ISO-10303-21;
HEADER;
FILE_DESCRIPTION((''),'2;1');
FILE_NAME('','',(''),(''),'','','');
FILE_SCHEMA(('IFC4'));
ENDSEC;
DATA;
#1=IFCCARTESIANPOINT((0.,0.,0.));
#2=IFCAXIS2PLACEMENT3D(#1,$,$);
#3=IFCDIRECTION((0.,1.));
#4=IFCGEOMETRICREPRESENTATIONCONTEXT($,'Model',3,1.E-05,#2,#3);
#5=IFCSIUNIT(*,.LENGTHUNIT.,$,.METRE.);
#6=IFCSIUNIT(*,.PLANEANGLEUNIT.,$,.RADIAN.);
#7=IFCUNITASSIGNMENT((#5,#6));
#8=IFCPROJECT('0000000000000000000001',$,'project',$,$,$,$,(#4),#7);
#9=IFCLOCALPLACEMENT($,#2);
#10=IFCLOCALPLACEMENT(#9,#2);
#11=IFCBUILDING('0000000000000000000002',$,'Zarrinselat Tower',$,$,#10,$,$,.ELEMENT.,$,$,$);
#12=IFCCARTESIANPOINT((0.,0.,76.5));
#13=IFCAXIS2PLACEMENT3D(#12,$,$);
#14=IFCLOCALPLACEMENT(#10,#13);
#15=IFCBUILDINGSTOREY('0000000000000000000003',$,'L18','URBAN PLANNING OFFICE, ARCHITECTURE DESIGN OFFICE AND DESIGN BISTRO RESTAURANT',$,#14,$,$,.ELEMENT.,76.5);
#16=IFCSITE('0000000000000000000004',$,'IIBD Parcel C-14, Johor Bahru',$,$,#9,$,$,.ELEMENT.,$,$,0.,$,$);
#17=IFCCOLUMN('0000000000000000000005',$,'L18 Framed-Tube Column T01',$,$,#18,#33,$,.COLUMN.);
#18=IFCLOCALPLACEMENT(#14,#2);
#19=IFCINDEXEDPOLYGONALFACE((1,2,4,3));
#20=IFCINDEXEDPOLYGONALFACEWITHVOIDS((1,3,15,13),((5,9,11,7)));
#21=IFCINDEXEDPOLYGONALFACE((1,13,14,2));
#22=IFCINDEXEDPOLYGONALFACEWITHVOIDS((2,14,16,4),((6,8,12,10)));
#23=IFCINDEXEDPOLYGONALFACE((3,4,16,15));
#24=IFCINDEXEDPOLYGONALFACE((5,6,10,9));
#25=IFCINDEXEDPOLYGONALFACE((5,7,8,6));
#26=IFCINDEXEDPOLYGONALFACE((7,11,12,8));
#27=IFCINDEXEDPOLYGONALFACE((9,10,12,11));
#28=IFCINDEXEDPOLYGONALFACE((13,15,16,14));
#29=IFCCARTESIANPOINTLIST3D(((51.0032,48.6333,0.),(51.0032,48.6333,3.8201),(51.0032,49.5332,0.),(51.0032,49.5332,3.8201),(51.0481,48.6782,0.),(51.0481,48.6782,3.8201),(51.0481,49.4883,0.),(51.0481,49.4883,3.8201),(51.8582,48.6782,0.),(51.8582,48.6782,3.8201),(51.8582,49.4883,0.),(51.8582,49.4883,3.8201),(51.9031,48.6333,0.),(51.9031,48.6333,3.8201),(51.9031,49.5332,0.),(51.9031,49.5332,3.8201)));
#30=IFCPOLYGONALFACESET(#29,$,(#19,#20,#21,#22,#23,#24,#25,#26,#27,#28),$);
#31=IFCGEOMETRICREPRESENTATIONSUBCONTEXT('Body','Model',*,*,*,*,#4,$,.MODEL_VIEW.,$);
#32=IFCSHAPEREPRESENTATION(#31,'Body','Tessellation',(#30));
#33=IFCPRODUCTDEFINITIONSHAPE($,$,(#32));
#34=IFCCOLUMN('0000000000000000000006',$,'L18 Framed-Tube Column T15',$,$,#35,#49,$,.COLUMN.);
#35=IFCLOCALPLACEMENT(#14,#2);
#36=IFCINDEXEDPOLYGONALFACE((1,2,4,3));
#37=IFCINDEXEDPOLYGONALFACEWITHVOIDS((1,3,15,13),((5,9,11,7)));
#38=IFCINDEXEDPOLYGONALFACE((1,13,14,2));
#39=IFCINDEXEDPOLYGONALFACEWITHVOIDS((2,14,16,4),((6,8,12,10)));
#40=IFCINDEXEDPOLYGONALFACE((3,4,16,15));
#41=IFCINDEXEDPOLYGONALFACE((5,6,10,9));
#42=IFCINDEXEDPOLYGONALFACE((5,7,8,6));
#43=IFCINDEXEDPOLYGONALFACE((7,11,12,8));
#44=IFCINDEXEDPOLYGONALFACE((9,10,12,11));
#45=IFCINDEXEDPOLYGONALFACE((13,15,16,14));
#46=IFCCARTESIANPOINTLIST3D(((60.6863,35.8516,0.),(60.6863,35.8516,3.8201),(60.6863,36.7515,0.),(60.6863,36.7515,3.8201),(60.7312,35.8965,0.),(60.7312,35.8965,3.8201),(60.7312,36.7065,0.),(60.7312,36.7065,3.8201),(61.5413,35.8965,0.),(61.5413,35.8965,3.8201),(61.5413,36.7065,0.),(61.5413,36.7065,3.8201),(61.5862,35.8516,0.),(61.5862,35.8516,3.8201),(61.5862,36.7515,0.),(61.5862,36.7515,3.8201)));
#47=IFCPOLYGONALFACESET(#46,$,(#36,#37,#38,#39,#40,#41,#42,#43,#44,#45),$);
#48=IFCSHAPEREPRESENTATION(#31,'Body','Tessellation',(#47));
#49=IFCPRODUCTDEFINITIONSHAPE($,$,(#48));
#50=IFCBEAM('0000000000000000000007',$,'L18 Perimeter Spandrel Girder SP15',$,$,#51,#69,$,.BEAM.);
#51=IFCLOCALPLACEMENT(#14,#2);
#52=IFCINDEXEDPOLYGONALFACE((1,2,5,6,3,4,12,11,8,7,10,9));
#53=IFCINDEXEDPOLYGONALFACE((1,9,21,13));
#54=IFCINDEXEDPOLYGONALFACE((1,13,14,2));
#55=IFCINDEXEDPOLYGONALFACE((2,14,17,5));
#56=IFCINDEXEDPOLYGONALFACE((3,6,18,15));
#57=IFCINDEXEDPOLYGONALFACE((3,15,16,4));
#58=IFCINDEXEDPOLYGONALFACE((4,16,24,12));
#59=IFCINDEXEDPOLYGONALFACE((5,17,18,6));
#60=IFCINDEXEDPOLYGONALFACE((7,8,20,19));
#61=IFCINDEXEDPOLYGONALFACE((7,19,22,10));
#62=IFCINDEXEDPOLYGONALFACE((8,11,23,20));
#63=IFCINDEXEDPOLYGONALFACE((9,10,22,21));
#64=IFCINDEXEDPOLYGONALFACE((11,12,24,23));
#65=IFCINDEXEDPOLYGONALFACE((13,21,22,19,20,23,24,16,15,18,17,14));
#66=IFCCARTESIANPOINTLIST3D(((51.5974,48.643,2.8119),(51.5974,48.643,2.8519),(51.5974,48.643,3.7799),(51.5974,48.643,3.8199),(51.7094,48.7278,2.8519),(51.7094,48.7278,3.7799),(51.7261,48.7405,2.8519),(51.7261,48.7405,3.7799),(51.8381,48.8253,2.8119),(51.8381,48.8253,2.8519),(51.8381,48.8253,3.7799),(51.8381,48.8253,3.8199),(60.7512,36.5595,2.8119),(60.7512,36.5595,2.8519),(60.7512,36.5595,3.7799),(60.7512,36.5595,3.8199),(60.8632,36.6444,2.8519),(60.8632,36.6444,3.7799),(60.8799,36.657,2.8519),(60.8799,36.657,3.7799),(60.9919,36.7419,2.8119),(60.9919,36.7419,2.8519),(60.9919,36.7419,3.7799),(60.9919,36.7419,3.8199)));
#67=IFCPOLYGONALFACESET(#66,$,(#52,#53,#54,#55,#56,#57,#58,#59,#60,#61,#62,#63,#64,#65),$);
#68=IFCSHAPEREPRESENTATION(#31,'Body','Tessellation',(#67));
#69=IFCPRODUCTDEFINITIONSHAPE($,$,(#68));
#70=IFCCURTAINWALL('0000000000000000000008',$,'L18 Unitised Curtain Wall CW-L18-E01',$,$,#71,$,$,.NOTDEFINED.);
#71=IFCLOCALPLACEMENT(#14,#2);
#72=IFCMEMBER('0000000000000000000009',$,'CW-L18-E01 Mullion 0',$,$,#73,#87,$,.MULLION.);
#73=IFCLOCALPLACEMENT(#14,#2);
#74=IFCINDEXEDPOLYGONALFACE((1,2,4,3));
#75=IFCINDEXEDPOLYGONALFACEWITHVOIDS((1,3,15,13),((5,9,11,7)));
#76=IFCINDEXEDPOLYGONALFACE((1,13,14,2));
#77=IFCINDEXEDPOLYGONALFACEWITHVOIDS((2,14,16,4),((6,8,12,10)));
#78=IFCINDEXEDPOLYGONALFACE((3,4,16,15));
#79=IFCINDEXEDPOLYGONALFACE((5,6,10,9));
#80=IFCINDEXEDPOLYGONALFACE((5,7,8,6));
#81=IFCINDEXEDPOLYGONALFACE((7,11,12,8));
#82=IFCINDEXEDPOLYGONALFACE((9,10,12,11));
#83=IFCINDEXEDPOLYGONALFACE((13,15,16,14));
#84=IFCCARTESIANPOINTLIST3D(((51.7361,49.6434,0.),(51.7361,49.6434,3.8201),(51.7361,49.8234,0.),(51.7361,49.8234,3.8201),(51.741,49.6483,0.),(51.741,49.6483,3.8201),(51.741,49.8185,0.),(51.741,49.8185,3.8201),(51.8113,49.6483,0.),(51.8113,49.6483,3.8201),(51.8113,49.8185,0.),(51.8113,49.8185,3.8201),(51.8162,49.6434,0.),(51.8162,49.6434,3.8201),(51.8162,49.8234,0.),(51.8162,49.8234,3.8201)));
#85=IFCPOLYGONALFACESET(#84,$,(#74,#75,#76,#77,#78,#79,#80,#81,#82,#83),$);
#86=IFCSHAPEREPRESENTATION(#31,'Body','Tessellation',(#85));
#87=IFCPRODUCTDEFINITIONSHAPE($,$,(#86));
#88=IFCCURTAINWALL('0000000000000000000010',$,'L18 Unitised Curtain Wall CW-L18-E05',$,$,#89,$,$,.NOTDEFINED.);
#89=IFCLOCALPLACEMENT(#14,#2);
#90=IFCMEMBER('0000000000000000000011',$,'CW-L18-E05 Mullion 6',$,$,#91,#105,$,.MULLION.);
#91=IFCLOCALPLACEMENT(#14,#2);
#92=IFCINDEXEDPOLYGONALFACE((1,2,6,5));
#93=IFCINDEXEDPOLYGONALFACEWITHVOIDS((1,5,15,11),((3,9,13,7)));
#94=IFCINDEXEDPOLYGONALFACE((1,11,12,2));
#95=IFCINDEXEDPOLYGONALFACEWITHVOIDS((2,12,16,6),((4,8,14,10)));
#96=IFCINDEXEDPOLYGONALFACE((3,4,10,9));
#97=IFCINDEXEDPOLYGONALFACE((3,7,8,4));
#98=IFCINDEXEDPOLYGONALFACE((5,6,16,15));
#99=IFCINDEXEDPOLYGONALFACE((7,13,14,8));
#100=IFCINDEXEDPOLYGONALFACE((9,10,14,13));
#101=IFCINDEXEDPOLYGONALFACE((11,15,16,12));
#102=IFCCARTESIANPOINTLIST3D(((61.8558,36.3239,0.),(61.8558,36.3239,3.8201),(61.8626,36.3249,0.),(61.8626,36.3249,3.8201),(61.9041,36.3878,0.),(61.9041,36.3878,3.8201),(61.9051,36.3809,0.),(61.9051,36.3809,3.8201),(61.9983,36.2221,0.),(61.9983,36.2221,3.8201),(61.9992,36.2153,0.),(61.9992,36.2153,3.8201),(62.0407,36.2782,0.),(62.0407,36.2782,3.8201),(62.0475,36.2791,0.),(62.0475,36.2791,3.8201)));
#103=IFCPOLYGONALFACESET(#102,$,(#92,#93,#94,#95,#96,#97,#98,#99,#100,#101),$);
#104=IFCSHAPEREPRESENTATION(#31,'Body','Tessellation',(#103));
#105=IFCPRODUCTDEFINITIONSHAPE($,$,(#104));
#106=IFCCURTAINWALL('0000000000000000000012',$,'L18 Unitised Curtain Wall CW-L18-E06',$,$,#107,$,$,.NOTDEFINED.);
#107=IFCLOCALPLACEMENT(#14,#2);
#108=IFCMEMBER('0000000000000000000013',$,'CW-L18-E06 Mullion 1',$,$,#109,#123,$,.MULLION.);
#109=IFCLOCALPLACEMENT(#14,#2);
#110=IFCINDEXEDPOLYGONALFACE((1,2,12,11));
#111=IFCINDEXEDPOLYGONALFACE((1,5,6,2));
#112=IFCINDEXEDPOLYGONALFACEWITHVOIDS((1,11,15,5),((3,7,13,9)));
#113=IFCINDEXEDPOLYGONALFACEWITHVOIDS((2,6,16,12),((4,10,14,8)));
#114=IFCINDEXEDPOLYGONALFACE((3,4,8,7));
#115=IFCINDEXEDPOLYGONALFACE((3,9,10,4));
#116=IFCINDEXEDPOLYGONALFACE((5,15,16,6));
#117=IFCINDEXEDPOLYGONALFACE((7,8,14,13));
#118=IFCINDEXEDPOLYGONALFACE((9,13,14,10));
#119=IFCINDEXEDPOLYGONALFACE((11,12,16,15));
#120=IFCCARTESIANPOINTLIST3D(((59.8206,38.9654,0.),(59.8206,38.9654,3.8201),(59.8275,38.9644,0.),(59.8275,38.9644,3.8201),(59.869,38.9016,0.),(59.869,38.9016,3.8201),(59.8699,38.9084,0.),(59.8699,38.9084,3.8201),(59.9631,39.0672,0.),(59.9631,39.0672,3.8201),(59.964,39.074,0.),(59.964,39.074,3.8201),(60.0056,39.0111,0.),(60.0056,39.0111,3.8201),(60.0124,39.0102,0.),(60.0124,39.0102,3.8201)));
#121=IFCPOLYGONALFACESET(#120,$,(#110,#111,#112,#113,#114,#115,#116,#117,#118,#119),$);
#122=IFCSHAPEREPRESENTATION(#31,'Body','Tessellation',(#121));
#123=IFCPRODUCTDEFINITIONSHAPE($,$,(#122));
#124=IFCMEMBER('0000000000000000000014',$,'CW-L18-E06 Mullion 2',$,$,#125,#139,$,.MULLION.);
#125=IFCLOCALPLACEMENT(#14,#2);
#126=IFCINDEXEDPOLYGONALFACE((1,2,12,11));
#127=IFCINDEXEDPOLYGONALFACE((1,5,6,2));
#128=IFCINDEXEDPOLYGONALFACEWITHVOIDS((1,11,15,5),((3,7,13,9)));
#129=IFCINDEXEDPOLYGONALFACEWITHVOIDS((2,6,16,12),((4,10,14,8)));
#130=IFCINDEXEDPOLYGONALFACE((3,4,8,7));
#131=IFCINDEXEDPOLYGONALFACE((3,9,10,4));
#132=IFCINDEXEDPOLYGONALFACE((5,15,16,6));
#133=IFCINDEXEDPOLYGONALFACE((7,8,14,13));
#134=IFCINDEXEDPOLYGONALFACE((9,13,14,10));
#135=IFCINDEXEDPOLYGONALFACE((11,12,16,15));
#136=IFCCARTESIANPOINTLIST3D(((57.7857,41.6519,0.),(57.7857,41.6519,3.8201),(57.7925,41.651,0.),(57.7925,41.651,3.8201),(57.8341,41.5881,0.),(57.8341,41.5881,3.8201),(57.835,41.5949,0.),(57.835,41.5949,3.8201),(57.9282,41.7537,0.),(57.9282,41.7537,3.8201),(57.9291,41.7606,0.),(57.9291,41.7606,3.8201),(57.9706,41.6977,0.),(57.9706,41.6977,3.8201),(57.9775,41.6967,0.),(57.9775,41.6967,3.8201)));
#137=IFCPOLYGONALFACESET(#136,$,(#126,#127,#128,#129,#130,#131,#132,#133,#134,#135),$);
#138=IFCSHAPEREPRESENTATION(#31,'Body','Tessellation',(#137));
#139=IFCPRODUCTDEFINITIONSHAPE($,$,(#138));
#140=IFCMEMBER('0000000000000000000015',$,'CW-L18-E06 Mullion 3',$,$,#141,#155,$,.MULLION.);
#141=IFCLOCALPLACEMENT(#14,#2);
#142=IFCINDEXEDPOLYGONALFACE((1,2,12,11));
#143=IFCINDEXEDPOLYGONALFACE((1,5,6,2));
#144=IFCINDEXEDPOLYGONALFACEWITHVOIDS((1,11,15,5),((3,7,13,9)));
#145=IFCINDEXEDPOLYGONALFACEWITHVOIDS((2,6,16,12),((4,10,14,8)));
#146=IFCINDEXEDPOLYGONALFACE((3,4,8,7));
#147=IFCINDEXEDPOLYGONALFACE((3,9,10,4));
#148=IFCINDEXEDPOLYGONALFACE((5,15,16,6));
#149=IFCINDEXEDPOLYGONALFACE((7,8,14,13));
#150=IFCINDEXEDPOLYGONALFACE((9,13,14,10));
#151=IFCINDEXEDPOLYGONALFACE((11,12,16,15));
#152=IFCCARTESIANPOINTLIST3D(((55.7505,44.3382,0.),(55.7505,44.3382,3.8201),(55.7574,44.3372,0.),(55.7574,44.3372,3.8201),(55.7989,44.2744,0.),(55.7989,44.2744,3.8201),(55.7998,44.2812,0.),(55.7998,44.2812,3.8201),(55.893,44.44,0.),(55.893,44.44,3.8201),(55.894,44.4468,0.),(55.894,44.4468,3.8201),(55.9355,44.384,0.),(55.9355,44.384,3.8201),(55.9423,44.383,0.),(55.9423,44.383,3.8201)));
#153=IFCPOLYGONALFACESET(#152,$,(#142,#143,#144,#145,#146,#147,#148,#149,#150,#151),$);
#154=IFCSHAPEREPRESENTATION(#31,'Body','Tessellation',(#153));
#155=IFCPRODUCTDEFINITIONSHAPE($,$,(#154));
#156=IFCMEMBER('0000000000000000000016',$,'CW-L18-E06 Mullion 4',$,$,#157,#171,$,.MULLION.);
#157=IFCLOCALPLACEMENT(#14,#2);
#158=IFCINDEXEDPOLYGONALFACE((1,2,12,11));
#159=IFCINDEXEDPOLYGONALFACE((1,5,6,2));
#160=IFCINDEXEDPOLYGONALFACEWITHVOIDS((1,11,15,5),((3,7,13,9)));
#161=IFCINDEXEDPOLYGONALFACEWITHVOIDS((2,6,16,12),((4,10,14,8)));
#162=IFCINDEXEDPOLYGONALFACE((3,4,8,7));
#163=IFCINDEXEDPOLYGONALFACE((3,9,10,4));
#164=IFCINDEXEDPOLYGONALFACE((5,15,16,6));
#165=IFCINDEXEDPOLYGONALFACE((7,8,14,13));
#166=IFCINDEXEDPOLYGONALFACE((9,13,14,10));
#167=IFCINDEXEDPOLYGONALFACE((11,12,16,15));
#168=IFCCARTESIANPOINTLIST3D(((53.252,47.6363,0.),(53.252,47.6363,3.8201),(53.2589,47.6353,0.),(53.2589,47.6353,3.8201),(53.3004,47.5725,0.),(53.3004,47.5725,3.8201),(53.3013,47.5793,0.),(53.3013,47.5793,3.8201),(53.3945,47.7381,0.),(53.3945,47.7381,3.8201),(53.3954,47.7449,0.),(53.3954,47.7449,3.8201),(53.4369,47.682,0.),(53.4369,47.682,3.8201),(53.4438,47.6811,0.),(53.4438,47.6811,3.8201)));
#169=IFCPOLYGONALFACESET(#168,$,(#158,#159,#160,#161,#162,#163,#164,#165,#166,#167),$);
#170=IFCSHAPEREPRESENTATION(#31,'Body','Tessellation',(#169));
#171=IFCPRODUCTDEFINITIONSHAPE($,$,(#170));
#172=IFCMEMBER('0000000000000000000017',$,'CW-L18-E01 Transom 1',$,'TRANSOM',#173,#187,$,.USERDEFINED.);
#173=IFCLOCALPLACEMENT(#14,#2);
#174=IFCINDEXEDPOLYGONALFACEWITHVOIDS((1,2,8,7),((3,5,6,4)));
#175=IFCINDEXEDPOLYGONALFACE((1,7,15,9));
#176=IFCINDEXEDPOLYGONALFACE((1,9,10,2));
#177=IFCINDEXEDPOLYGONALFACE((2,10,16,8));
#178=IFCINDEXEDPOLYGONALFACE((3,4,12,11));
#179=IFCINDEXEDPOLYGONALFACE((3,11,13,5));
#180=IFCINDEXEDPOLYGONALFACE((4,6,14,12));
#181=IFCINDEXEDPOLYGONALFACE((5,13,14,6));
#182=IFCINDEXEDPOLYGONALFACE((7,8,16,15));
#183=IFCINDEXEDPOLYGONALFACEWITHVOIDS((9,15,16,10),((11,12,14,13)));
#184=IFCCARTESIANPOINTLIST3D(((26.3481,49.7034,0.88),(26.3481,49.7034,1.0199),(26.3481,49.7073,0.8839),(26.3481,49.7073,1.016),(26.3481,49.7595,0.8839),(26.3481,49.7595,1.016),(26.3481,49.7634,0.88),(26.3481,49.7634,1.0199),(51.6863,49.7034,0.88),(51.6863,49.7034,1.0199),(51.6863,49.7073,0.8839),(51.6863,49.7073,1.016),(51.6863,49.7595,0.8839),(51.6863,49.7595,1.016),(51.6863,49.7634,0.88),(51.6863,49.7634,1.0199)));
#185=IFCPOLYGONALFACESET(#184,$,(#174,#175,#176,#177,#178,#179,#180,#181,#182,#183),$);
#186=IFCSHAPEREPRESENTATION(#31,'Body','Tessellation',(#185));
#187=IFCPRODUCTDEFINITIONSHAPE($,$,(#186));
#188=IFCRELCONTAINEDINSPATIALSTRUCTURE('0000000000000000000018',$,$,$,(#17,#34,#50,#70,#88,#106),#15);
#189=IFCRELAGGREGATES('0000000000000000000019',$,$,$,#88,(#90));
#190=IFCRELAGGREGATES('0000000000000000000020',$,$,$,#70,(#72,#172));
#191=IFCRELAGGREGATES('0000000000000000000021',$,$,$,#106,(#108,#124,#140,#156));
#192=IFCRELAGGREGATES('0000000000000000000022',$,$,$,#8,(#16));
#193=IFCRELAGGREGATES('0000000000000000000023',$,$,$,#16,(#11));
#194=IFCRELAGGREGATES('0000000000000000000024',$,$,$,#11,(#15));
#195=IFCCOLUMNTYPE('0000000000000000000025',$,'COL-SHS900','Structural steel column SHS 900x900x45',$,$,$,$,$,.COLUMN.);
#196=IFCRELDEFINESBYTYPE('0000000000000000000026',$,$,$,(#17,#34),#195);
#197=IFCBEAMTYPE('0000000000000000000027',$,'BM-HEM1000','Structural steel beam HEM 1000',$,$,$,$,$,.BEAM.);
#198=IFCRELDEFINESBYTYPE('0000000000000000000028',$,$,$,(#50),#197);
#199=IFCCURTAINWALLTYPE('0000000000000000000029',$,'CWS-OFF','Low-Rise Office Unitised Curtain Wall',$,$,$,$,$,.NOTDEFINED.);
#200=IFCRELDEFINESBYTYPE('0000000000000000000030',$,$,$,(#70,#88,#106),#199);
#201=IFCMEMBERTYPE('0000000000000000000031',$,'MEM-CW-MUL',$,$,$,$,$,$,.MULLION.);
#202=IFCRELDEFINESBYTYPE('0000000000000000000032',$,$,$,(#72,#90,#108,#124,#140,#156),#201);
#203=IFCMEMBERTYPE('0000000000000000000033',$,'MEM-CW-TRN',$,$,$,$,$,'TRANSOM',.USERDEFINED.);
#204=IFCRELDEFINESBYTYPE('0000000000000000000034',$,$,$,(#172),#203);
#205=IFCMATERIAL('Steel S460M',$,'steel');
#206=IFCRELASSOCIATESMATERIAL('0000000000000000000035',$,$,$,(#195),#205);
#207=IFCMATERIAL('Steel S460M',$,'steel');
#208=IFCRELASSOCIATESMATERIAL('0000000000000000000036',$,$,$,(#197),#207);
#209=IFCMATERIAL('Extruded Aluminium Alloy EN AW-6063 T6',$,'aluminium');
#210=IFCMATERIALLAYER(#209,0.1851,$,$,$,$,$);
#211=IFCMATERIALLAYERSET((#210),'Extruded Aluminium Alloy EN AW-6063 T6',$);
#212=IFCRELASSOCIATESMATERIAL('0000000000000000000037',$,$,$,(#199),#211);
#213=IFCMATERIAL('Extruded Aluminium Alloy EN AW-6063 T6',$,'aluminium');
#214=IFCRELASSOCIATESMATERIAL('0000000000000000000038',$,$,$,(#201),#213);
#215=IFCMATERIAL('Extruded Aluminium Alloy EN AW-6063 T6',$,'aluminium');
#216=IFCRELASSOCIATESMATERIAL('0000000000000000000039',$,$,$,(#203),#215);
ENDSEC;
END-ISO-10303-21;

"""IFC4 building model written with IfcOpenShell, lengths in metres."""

from ifc_helpers import new_model, si_unit, direction, frame, origin, origin_2d, place, context, subcontext, project, spatial, hollow_rectangle, i_section, extrude, material, layer, layer_set, material_profile, profile_set, type_object, element, aggregate, save


model = new_model("IFC4")

# Units and contexts
model_context = context("Model", 3, precision=1e-05, world=origin(), true_north=direction((0.0, 1.0)))
body_context = subcontext(model_context, "Body", "Model", "MODEL_VIEW")
ifc_project = project(units=[si_unit("LENGTHUNIT", "METRE"), si_unit("PLANEANGLEUNIT", "RADIAN")], contexts=[model_context])

# Site, building, storey
site_placement = place(None, origin())
site = spatial("IfcSite", under=ifc_project, at=site_placement, Name="IIBD Parcel C-14, Johor Bahru", CompositionType="ELEMENT", RefElevation=0.0)
building_placement = place(site_placement, origin())
building = spatial("IfcBuilding", under=site, at=building_placement, Name="Zarrinselat Tower", CompositionType="ELEMENT")
storey_placement = place(building_placement, frame((0.0, 0.0, 76.5)))
storey = spatial("IfcBuildingStorey", under=building, at=storey_placement, Name="L18", Description="URBAN PLANNING OFFICE, ARCHITECTURE DESIGN OFFICE AND DESIGN BISTRO RESTAURANT", CompositionType="ELEMENT", Elevation=76.5)

# Columns
ifc_material_1 = material(Name="Steel S460M", Category="steel")
ifc_material_profile_1 = material_profile(ifc_material_1, hollow_rectangle(XDim=0.8999, YDim=0.8999, WallThickness=0.0449, at=origin_2d()), Name="SHS 900x900x45")
ifc_profile_set_1 = profile_set([ifc_material_profile_1], Name="Steel S460M")
column_type = type_object("IfcColumnType", Name="COL-SHS900", Description="Structural steel column SHS 900x900x45", PredefinedType="COLUMN", material=ifc_profile_set_1)
for number, where, z_axis, x_axis, name in (
    (1, (51.4531, 49.0833, 0.0), (0.0, 0.0, 1.0), (1.0, 0.0, 0.0), "L18 Framed-Tube Column T01"),
    (2, (61.1362, 36.3015, 0.0), (0.0, 0.0, 1.0), (1.0, 0.0, 0.0), "L18 Framed-Tube Column T15"),
):
    element("IfcColumn", number, at=place(storey_placement, frame(where, z_axis=z_axis, x_axis=x_axis)), inside=storey, type_object=column_type, Name=name, PredefinedType="COLUMN", context=body_context, shape_type="SweptSolid", body=[
        extrude(hollow_rectangle(XDim=0.8999, YDim=0.8999, WallThickness=0.0449, at=origin_2d()), origin(), (0.0, 0.0, 1.0), 3.8201),
    ])

# Beam
ifc_material_2 = material(Name="Steel S460M", Category="steel")
ifc_material_profile_2 = material_profile(ifc_material_2, i_section(OverallWidth=0.302, OverallDepth=1.0081, WebThickness=0.021, FlangeThickness=0.04, at=origin_2d()), Name="HEM 1000")
ifc_profile_set_2 = profile_set([ifc_material_profile_2], Name="Steel S460M")
beam_type = type_object("IfcBeamType", Name="BM-HEM1000", Description="Structural steel beam HEM 1000", PredefinedType="BEAM", material=ifc_profile_set_2)
beam_placement = place(storey_placement, frame((51.7178, 48.7341, 3.3159), z_axis=(0.603843, -0.797103, 0.0), x_axis=(0.797103, 0.603843, 0.0)))
element("IfcBeam", 3, at=beam_placement, inside=storey, type_object=beam_type, Name="L18 Perimeter Spandrel Girder SP15", PredefinedType="BEAM", context=body_context, shape_type="SweptSolid", body=[
    extrude(i_section(OverallWidth=0.302, OverallDepth=1.0081, WebThickness=0.021, FlangeThickness=0.04, at=origin_2d()), origin(), (0.0, 0.0, 1.0), 15.1592),
])

# Curtain walls, members
ifc_material_3 = material(Name="Extruded Aluminium Alloy EN AW-6063 T6", Category="aluminium")
ifc_layer_1 = layer(ifc_material_3, 0.1851)
ifc_layer_set_1 = layer_set([ifc_layer_1], Name="Extruded Aluminium Alloy EN AW-6063 T6")
curtain_wall_type = type_object("IfcCurtainWallType", Name="CWS-OFF", Description="Low-Rise Office Unitised Curtain Wall", PredefinedType="NOTDEFINED", material=ifc_layer_set_1)
curtain_wall_1_placement = place(storey_placement, origin())
curtain_wall_1 = element("IfcCurtainWall", 4, at=curtain_wall_1_placement, inside=storey, type_object=curtain_wall_type, Name="L18 Unitised Curtain Wall CW-L18-E01", PredefinedType="NOTDEFINED")
ifc_material_4 = material(Name="Extruded Aluminium Alloy EN AW-6063 T6", Category="aluminium")
ifc_material_profile_3 = material_profile(ifc_material_4, hollow_rectangle(XDim=0.0801, YDim=0.1799, WallThickness=0.0049, at=origin_2d()), Name="RHS 180x80x5")
ifc_profile_set_3 = profile_set([ifc_material_profile_3], Name="Extruded Aluminium Alloy EN AW-6063 T6")
member_type_1 = type_object("IfcMemberType", Name="MEM-CW-MUL", PredefinedType="MULLION", material=ifc_profile_set_3)
member_1_placement = place(storey_placement, frame((51.7761, 49.7334, 0.0), z_axis=(0.0, 0.0, 1.0), x_axis=(-1.0, 0.0, 0.0)))
member_1 = element("IfcMember", 5, at=member_1_placement, type_object=member_type_1, Name="CW-L18-E01 Mullion 0", PredefinedType="MULLION", context=body_context, shape_type="SweptSolid", body=[
    extrude(hollow_rectangle(XDim=0.0801, YDim=0.1799, WallThickness=0.0049, at=origin_2d()), origin(), (0.0, 0.0, 1.0), 3.8201),
])
curtain_wall_2_placement = place(storey_placement, origin())
curtain_wall_2 = element("IfcCurtainWall", 6, at=curtain_wall_2_placement, inside=storey, type_object=curtain_wall_type, Name="L18 Unitised Curtain Wall CW-L18-E05", PredefinedType="NOTDEFINED")
member_2_placement = place(storey_placement, frame((61.9517, 36.3015, 0.0), z_axis=(0.0, 0.0, 1.0), x_axis=(0.603855, 0.797094, 0.0)))
member_2 = element("IfcMember", 7, at=member_2_placement, type_object=member_type_1, Name="CW-L18-E05 Mullion 6", PredefinedType="MULLION", context=body_context, shape_type="SweptSolid", body=[
    extrude(hollow_rectangle(XDim=0.0801, YDim=0.1799, WallThickness=0.0049, at=origin_2d()), origin(), (0.0, 0.0, 1.0), 3.8201),
])
aggregate(curtain_wall_2, [member_2])

# Curtain wall, members
curtain_wall_3_placement = place(storey_placement, origin())
curtain_wall_3 = element("IfcCurtainWall", 8, at=curtain_wall_3_placement, inside=storey, type_object=curtain_wall_type, Name="L18 Unitised Curtain Wall CW-L18-E06", PredefinedType="NOTDEFINED")
member_3_placement = place(storey_placement, frame((59.9165, 38.9878, 0.0), z_axis=(0.0, 0.0, 1.0), x_axis=(-0.603857, 0.797093, 0.0)))
member_3 = element("IfcMember", 9, at=member_3_placement, type_object=member_type_1, Name="CW-L18-E06 Mullion 1", PredefinedType="MULLION", context=body_context, shape_type="SweptSolid", body=[
    extrude(hollow_rectangle(XDim=0.0801, YDim=0.1799, WallThickness=0.0049, at=origin_2d()), origin(), (0.0, 0.0, 1.0), 3.8201),
])
member_4_placement = place(storey_placement, frame((57.8816, 41.6743, 0.0), z_axis=(0.0, 0.0, 1.0), x_axis=(-0.603857, 0.797093, 0.0)))
member_4 = element("IfcMember", 10, at=member_4_placement, type_object=member_type_1, Name="CW-L18-E06 Mullion 2", PredefinedType="MULLION", context=body_context, shape_type="SweptSolid", body=[
    extrude(hollow_rectangle(XDim=0.0801, YDim=0.1799, WallThickness=0.0049, at=origin_2d()), origin(), (0.0, 0.0, 1.0), 3.8201),
])
member_5_placement = place(storey_placement, frame((55.8464, 44.3606, 0.0), z_axis=(0.0, 0.0, 1.0), x_axis=(-0.603857, 0.797093, 0.0)))
member_5 = element("IfcMember", 11, at=member_5_placement, type_object=member_type_1, Name="CW-L18-E06 Mullion 3", PredefinedType="MULLION", context=body_context, shape_type="SweptSolid", body=[
    extrude(hollow_rectangle(XDim=0.0801, YDim=0.1799, WallThickness=0.0049, at=origin_2d()), origin(), (0.0, 0.0, 1.0), 3.8201),
])
member_6_placement = place(storey_placement, frame((53.3479, 47.6587, 0.0), z_axis=(0.0, 0.0, 1.0), x_axis=(-0.603857, 0.797093, 0.0)))
member_6 = element("IfcMember", 12, at=member_6_placement, type_object=member_type_1, Name="CW-L18-E06 Mullion 4", PredefinedType="MULLION", context=body_context, shape_type="SweptSolid", body=[
    extrude(hollow_rectangle(XDim=0.0801, YDim=0.1799, WallThickness=0.0049, at=origin_2d()), origin(), (0.0, 0.0, 1.0), 3.8201),
])

# Member
ifc_material_5 = material(Name="Extruded Aluminium Alloy EN AW-6063 T6", Category="aluminium")
ifc_material_profile_4 = material_profile(ifc_material_5, hollow_rectangle(XDim=0.0601, YDim=0.1399, WallThickness=0.0039, at=origin_2d()), Name="RHS 140x60x4")
ifc_profile_set_4 = profile_set([ifc_material_profile_4], Name="Extruded Aluminium Alloy EN AW-6063 T6")
member_type_2 = type_object("IfcMemberType", Name="MEM-CW-TRN", ElementType="TRANSOM", PredefinedType="USERDEFINED", material=ifc_profile_set_4)
member_7_placement = place(storey_placement, frame((51.6863, 49.7334, 0.95), z_axis=(-1.0, 0.0, 0.0), x_axis=(0.0, -1.0, 0.0)))
member_7 = element("IfcMember", 13, at=member_7_placement, type_object=member_type_2, Name="CW-L18-E01 Transom 1", ObjectType="TRANSOM", PredefinedType="USERDEFINED", context=body_context, shape_type="SweptSolid", body=[
    extrude(hollow_rectangle(XDim=0.0601, YDim=0.1399, WallThickness=0.0039, at=origin_2d()), origin(), (0.0, 0.0, 1.0), 25.3381),
])
aggregate(curtain_wall_1, [member_1, member_7])

aggregate(curtain_wall_3, [member_3, member_4, member_5, member_6])

save(model, "model.ifc")
